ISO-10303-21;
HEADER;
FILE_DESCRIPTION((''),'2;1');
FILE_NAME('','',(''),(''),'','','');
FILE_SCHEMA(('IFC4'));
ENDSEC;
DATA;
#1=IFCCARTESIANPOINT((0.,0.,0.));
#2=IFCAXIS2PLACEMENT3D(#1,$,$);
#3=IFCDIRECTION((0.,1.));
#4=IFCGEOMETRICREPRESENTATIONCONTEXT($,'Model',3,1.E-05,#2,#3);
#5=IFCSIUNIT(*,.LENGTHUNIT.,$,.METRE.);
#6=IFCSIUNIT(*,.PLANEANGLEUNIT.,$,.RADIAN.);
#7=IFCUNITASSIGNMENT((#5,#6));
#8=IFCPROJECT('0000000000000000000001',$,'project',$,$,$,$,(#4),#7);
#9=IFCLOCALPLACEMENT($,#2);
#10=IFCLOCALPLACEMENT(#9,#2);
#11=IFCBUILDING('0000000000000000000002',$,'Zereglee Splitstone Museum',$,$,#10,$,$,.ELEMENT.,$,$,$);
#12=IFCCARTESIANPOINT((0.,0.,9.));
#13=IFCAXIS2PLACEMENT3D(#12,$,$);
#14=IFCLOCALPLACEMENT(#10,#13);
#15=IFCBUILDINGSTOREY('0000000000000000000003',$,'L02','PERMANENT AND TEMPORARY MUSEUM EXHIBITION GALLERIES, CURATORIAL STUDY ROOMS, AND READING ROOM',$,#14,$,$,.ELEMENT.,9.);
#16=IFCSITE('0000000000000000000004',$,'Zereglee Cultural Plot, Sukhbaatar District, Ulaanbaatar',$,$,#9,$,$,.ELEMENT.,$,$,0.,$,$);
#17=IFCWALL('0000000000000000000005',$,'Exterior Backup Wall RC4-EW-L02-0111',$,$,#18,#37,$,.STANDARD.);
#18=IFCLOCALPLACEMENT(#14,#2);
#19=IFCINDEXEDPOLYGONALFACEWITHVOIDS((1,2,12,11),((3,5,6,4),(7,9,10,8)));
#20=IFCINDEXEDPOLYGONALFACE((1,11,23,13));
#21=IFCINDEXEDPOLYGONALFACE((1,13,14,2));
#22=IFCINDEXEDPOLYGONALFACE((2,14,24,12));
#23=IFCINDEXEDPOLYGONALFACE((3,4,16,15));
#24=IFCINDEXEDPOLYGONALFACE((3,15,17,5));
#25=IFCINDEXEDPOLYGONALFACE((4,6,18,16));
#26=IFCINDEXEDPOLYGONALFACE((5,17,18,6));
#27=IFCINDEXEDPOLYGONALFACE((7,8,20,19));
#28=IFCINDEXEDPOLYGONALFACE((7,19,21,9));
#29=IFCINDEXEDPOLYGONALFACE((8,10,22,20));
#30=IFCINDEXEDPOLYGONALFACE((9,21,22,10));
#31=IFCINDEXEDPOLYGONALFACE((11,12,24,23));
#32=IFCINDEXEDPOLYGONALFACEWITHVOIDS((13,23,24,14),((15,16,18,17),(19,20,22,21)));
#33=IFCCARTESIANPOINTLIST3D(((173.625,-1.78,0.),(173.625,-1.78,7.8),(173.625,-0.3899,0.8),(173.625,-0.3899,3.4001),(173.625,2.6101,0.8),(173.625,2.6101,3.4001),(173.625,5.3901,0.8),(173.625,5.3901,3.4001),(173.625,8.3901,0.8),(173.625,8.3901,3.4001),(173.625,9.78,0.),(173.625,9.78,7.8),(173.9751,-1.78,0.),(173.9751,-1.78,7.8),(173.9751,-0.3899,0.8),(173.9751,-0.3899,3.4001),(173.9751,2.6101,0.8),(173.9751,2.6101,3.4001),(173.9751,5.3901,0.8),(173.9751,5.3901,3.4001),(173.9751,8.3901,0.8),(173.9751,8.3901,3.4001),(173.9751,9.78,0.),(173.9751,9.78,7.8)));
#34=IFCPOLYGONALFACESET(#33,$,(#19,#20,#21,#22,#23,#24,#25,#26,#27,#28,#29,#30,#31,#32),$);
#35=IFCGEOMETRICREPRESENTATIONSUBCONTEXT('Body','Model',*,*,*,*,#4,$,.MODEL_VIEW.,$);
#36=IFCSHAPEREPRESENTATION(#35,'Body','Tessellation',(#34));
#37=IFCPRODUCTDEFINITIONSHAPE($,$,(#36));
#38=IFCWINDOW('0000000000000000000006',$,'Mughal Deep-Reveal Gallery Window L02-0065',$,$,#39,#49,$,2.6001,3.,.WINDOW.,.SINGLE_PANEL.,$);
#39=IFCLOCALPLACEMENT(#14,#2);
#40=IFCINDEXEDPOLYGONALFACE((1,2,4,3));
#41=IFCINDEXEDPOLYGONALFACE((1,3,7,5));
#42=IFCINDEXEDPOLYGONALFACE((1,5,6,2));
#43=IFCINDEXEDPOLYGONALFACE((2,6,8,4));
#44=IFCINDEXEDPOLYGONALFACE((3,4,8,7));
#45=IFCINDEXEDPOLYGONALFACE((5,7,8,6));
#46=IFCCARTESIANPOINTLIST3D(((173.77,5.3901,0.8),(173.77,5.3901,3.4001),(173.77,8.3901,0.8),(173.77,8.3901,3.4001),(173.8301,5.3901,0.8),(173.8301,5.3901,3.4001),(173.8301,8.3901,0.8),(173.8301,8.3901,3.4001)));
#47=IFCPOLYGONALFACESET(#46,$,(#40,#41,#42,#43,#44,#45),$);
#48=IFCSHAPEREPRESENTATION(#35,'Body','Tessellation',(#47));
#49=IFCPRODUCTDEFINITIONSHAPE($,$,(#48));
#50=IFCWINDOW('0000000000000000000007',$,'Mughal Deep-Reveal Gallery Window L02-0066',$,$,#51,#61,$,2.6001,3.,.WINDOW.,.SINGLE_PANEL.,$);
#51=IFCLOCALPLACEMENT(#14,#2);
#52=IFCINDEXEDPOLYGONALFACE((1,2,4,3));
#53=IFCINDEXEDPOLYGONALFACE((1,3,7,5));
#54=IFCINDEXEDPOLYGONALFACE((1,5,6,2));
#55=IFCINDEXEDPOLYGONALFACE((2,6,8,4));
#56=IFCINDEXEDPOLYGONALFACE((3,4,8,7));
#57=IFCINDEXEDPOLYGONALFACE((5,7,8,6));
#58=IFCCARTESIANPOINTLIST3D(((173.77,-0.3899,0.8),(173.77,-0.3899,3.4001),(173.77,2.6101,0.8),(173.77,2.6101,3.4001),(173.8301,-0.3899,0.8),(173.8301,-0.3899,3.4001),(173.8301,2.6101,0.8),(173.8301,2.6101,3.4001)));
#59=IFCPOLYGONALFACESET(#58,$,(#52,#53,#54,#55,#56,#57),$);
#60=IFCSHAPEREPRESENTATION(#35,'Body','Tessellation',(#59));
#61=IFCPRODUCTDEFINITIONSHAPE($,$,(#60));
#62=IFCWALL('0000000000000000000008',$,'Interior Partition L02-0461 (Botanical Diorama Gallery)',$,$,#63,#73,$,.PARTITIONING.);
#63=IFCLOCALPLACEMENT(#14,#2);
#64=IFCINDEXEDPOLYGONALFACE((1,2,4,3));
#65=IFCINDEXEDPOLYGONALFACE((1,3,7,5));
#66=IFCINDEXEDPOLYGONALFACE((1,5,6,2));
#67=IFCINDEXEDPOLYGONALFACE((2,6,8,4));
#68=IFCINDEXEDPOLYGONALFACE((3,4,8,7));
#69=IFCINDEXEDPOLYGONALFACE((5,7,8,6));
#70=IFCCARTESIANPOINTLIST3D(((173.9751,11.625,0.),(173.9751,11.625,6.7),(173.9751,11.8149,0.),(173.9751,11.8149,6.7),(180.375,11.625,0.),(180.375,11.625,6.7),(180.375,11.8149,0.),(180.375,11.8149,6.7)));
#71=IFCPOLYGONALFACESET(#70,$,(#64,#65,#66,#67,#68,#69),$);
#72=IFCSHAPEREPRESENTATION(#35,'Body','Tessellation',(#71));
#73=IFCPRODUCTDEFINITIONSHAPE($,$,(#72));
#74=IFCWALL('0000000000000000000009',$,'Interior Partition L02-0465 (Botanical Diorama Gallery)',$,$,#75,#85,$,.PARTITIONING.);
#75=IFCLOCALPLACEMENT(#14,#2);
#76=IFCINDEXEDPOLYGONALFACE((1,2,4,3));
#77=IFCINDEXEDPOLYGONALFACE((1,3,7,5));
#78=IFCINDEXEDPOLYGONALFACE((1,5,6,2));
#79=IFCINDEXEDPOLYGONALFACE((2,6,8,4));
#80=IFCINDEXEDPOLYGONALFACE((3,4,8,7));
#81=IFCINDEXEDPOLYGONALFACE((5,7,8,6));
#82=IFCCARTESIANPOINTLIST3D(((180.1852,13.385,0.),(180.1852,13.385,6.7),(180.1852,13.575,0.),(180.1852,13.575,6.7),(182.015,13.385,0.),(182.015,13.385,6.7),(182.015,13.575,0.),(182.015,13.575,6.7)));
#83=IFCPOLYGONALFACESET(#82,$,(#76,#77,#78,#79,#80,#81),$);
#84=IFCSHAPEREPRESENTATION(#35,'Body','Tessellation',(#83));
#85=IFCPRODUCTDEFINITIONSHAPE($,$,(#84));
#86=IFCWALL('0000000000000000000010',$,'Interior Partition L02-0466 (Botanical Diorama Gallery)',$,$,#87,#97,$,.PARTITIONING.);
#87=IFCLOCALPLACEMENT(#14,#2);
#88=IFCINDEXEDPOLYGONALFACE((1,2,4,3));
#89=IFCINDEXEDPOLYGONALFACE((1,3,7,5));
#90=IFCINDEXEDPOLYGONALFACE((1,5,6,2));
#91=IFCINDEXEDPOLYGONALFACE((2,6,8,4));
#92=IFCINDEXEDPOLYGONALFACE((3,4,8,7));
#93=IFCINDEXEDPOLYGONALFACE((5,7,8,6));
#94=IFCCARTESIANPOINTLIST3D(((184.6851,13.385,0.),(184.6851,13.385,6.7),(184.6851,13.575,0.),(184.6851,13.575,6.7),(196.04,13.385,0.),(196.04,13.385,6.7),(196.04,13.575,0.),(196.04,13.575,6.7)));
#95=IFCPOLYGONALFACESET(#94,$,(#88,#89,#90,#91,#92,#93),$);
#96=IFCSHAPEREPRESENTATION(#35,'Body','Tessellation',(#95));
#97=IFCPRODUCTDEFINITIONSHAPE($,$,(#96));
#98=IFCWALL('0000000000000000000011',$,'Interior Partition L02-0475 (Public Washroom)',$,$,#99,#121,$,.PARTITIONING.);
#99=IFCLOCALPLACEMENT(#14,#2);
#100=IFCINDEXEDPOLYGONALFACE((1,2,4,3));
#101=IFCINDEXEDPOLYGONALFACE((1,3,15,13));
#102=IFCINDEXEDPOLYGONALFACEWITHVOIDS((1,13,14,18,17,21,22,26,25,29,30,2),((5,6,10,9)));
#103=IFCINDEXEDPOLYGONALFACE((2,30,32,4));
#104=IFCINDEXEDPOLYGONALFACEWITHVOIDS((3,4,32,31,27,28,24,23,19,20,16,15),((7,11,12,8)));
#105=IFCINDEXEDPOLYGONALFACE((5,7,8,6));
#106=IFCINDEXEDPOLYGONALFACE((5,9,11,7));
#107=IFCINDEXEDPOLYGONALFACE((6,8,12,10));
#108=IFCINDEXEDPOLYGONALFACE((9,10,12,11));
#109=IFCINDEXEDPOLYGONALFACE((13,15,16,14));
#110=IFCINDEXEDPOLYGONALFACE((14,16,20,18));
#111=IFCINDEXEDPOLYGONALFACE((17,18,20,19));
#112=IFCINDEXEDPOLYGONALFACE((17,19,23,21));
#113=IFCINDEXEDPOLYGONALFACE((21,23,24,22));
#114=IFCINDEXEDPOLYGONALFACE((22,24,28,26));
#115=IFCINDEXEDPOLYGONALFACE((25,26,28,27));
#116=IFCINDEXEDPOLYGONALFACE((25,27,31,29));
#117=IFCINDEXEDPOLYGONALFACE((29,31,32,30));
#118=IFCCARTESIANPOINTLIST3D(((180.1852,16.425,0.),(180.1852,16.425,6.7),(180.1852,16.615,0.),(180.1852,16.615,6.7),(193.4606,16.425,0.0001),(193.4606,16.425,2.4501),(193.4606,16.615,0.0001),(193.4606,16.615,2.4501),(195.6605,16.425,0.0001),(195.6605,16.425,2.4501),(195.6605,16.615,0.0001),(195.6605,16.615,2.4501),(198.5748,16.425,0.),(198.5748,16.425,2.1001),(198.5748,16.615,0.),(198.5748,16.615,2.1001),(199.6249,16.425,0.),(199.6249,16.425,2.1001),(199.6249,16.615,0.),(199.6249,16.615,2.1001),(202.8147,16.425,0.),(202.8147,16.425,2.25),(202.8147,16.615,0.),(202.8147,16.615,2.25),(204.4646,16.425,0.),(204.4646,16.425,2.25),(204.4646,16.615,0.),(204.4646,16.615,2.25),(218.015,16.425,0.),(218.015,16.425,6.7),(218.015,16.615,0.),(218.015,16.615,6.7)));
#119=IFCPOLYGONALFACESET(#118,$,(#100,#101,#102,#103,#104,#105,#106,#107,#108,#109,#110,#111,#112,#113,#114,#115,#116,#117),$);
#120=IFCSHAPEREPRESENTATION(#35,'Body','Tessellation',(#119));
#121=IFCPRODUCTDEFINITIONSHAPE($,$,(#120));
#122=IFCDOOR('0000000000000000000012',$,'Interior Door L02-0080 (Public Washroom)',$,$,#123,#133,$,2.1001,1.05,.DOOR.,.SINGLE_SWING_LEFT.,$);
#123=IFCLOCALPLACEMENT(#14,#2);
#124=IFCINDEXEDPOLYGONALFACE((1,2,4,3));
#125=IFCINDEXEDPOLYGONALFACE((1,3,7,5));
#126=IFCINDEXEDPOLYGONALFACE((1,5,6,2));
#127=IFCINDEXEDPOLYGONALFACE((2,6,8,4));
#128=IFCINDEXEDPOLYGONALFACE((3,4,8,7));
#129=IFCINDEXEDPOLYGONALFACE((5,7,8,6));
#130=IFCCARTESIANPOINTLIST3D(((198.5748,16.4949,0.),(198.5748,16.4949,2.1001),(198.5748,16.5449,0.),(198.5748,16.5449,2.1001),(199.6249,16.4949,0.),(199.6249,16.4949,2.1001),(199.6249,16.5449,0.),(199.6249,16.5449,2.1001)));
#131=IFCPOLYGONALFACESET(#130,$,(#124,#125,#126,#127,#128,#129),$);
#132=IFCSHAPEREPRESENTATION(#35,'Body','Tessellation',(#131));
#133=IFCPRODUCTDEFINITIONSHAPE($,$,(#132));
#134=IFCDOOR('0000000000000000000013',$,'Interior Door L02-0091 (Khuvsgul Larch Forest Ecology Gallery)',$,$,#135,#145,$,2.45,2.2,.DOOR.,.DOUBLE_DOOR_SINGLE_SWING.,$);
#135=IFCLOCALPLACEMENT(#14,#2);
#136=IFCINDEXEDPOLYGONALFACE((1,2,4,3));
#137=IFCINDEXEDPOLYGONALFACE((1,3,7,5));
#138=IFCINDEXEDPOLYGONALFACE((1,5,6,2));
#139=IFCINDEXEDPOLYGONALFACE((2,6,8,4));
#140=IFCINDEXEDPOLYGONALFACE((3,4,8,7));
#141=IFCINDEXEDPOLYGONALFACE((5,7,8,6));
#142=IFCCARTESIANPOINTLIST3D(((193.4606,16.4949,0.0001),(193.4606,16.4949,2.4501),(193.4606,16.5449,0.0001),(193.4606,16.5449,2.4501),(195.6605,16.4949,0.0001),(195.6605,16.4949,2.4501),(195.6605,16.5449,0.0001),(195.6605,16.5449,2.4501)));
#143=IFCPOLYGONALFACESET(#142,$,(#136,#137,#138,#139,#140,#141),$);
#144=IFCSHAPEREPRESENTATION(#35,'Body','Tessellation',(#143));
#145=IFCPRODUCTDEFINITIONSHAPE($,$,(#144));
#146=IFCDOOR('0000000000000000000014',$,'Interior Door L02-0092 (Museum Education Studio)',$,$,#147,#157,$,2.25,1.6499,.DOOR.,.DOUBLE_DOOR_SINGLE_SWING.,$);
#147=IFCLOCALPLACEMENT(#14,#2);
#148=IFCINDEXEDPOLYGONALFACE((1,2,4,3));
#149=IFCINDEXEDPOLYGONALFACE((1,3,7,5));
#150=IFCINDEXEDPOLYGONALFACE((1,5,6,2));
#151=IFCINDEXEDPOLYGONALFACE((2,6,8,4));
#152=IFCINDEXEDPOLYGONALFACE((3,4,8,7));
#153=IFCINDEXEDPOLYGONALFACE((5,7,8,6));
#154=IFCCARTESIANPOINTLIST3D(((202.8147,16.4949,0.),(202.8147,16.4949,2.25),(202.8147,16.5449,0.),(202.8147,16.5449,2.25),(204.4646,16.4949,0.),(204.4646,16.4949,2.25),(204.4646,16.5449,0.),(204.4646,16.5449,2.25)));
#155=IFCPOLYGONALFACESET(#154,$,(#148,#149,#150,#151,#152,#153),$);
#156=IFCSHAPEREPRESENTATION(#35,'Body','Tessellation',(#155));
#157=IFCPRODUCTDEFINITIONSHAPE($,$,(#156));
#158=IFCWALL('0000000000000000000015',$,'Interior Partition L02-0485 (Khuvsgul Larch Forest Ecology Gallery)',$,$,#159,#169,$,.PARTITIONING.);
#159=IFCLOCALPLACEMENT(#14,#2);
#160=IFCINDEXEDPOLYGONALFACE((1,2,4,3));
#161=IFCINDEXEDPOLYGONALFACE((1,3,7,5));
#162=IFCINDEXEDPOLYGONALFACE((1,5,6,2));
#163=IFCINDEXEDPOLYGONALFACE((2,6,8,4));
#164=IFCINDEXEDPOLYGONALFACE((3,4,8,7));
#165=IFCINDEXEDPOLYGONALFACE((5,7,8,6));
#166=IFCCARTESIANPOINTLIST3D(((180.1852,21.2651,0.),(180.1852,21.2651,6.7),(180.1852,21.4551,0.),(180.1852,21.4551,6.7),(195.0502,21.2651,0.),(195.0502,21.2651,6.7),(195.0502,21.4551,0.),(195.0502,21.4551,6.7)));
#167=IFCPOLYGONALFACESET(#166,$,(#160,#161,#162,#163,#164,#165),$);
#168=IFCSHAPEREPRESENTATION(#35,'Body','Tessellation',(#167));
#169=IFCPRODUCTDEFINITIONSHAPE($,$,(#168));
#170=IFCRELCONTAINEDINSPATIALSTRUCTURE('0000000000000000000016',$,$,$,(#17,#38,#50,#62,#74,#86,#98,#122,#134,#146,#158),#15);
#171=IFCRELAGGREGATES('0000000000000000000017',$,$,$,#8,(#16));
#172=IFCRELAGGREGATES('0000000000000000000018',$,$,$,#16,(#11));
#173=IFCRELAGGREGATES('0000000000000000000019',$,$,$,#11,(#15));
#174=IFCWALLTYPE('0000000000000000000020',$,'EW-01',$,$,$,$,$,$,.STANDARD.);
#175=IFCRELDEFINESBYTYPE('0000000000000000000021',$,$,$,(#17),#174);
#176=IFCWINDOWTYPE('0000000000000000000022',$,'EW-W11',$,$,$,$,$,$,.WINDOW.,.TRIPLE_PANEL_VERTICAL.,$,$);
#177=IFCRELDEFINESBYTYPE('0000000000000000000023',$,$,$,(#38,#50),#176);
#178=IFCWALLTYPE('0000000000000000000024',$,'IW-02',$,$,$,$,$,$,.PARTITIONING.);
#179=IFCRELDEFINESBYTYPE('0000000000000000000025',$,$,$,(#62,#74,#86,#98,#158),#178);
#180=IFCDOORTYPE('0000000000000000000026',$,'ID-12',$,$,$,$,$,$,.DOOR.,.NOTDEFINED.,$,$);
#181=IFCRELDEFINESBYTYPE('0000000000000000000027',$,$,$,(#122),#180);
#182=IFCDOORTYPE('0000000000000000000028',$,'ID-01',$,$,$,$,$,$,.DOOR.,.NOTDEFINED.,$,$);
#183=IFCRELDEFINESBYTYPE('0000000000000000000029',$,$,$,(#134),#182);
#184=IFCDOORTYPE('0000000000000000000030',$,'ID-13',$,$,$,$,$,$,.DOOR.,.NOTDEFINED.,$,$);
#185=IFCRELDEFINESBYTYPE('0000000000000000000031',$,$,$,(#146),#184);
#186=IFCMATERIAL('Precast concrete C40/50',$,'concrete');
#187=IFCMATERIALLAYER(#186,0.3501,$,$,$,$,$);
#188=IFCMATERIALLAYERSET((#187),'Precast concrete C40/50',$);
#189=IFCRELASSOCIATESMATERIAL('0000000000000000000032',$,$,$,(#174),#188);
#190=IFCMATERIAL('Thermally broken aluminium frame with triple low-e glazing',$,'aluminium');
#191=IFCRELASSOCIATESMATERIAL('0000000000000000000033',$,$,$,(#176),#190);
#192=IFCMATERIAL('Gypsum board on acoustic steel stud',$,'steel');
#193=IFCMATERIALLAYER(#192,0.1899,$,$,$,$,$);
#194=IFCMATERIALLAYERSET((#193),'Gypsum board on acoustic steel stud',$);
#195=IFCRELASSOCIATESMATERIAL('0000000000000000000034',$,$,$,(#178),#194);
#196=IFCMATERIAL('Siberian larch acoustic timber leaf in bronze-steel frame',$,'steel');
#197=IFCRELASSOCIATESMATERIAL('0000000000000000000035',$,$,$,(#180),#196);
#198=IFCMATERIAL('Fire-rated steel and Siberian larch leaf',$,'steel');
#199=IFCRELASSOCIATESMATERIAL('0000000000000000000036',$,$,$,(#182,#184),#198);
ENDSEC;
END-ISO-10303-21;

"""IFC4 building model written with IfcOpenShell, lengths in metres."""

from ifc_helpers import new_model, si_unit, direction, frame, frame_2d, origin, place, context, subcontext, project, spatial, rectangle, extrude, material, layer, layer_set, type_object, element, fill, save


model = new_model("IFC4")

# Units and contexts
model_context = context("Model", 3, precision=1e-05, world=origin(), true_north=direction((0.0, 1.0)))
body_context = subcontext(model_context, "Body", "Model", "MODEL_VIEW")
ifc_project = project(units=[si_unit("LENGTHUNIT", "METRE"), si_unit("PLANEANGLEUNIT", "RADIAN")], contexts=[model_context])

# Site, building, storey
site_placement = place(None, origin())
site = spatial("IfcSite", under=ifc_project, at=site_placement, Name="Zereglee Cultural Plot, Sukhbaatar District, Ulaanbaatar", CompositionType="ELEMENT", RefElevation=0.0)
building_placement = place(site_placement, origin())
building = spatial("IfcBuilding", under=site, at=building_placement, Name="Zereglee Splitstone Museum", CompositionType="ELEMENT")
storey_placement = place(building_placement, frame((0.0, 0.0, 9.0)))
storey = spatial("IfcBuildingStorey", under=building, at=storey_placement, Name="L02", Description="PERMANENT AND TEMPORARY MUSEUM EXHIBITION GALLERIES, CURATORIAL STUDY ROOMS, AND READING ROOM", CompositionType="ELEMENT", Elevation=9.0)

# Wall, openings, windows
ifc_material_1 = material(Name="Precast concrete C40/50", Category="concrete")
ifc_layer_1 = layer(ifc_material_1, 0.3501)
ifc_layer_set_1 = layer_set([ifc_layer_1], Name="Precast concrete C40/50")
wall_type_1 = type_object("IfcWallType", Name="EW-01", PredefinedType="STANDARD", material=ifc_layer_set_1)
wall_1_placement = place(storey_placement, frame((173.8, 9.78, 0.0), z_axis=(0.0, 0.0, 1.0), x_axis=(0.0, -1.0, 0.0)))
wall_1 = element("IfcWall", 1, at=wall_1_placement, inside=storey, type_object=wall_type_1, Name="Exterior Backup Wall RC4-EW-L02-0111", PredefinedType="STANDARD", context=body_context, shape_type="SweptSolid", body=[
    extrude(rectangle(XDim=11.5601, YDim=0.3501, at=frame_2d((5.78, 0.0))), origin(), (0.0, 0.0, 1.0), 7.8),
])
opening_1_placement = place(wall_1_placement, frame((1.3899, 0.0, 0.8)))
opening_1 = element("IfcOpeningElement", 2, at=opening_1_placement, cuts=wall_1, PredefinedType="OPENING", context=body_context, shape_type="SweptSolid", body=[
    extrude(rectangle(XDim=3.0, YDim=2.6001, at=frame_2d((1.5, 1.3))), frame((0.0, 0.1899, 0.0), z_axis=(0.0, -1.0, 0.0), x_axis=(1.0, 0.0, 0.0)), (0.0, 0.0, 1.0), 0.3799),
])
opening_2_placement = place(wall_1_placement, frame((7.1699, 0.0, 0.8)))
opening_2 = element("IfcOpeningElement", 3, at=opening_2_placement, cuts=wall_1, PredefinedType="OPENING", context=body_context, shape_type="SweptSolid", body=[
    extrude(rectangle(XDim=3.0, YDim=2.6001, at=frame_2d((1.5, 1.3))), frame((0.0, 0.1899, 0.0), z_axis=(0.0, -1.0, 0.0), x_axis=(1.0, 0.0, 0.0)), (0.0, 0.0, 1.0), 0.3799),
])
ifc_material_2 = material(Name="Thermally broken aluminium frame with triple low-e glazing", Category="aluminium")
window_type = type_object("IfcWindowType", Name="EW-W11", PartitioningType="TRIPLE_PANEL_VERTICAL", PredefinedType="WINDOW", material=ifc_material_2)
window_1_placement = place(opening_1_placement, origin())
window_1 = element("IfcWindow", 4, at=window_1_placement, inside=storey, type_object=window_type, Name="Mughal Deep-Reveal Gallery Window L02-0065", OverallHeight=2.6001, OverallWidth=3.0, PartitioningType="SINGLE_PANEL", PredefinedType="WINDOW", context=body_context, shape_type="SweptSolid", body=[
    extrude(rectangle(XDim=3.0, YDim=2.6001, at=frame_2d((1.5, 1.3))), frame((0.0, 0.03, 0.0), z_axis=(0.0, -1.0, 0.0), x_axis=(1.0, 0.0, 0.0)), (0.0, 0.0, 1.0), 0.0601),
])
fill(opening_1, window_1)
window_2_placement = place(opening_2_placement, origin())
window_2 = element("IfcWindow", 5, at=window_2_placement, inside=storey, type_object=window_type, Name="Mughal Deep-Reveal Gallery Window L02-0066", OverallHeight=2.6001, OverallWidth=3.0, PartitioningType="SINGLE_PANEL", PredefinedType="WINDOW", context=body_context, shape_type="SweptSolid", body=[
    extrude(rectangle(XDim=3.0, YDim=2.6001, at=frame_2d((1.5, 1.3))), frame((0.0, 0.03, 0.0), z_axis=(0.0, -1.0, 0.0), x_axis=(1.0, 0.0, 0.0)), (0.0, 0.0, 1.0), 0.0601),
])
fill(opening_2, window_2)

# Walls
ifc_material_3 = material(Name="Gypsum board on acoustic steel stud", Category="steel")
ifc_layer_2 = layer(ifc_material_3, 0.1899)
ifc_layer_set_2 = layer_set([ifc_layer_2], Name="Gypsum board on acoustic steel stud")
wall_type_2 = type_object("IfcWallType", Name="IW-02", PredefinedType="PARTITIONING", material=ifc_layer_set_2)
wall_2_placement = place(storey_placement, frame((173.9751, 11.72, 0.0), z_axis=(0.0, 0.0, 1.0), x_axis=(1.0, 0.0, 0.0)))
element("IfcWall", 6, at=wall_2_placement, inside=storey, type_object=wall_type_2, Name="Interior Partition L02-0461 (Botanical Diorama Gallery)", PredefinedType="PARTITIONING", context=body_context, shape_type="SweptSolid", body=[
    extrude(rectangle(XDim=6.3999, YDim=0.1899, at=frame_2d((3.2, 0.0))), origin(), (0.0, 0.0, 1.0), 6.7),
])
wall_3_placement = place(storey_placement, frame((180.1851, 13.48, 0.0), z_axis=(0.0, 0.0, 1.0), x_axis=(1.0, 0.0, 0.0)))
element("IfcWall", 7, at=wall_3_placement, inside=storey, type_object=wall_type_2, Name="Interior Partition L02-0465 (Botanical Diorama Gallery)", PredefinedType="PARTITIONING", context=body_context, shape_type="SweptSolid", body=[
    extrude(rectangle(XDim=1.8298, YDim=0.1899, at=frame_2d((0.915, 0.0))), origin(), (0.0, 0.0, 1.0), 6.7),
])
wall_4_placement = place(storey_placement, frame((184.6851, 13.48, 0.0), z_axis=(0.0, 0.0, 1.0), x_axis=(1.0, 0.0, 0.0)))
element("IfcWall", 8, at=wall_4_placement, inside=storey, type_object=wall_type_2, Name="Interior Partition L02-0466 (Botanical Diorama Gallery)", PredefinedType="PARTITIONING", context=body_context, shape_type="SweptSolid", body=[
    extrude(rectangle(XDim=11.355, YDim=0.1899, at=frame_2d((5.6775, 0.0))), origin(), (0.0, 0.0, 1.0), 6.7),
])

# Wall, openings, doors
wall_5_placement = place(storey_placement, frame((180.1851, 16.52, 0.0), z_axis=(0.0, 0.0, 1.0), x_axis=(1.0, 0.0, 0.0)))
wall_5 = element("IfcWall", 9, at=wall_5_placement, inside=storey, type_object=wall_type_2, Name="Interior Partition L02-0475 (Public Washroom)", PredefinedType="PARTITIONING", context=body_context, shape_type="SweptSolid", body=[
    extrude(rectangle(XDim=37.8298, YDim=0.1899, at=frame_2d((18.915, 0.0))), origin(), (0.0, 0.0, 1.0), 6.7),
])
opening_3_placement = place(wall_5_placement, frame((18.3899, 0.0, 0.0)))
opening_3 = element("IfcOpeningElement", 10, at=opening_3_placement, cuts=wall_5, PredefinedType="OPENING", context=body_context, shape_type="SweptSolid", body=[
    extrude(rectangle(XDim=1.05, YDim=2.1001, at=frame_2d((0.5249, 1.05))), frame((0.0, 0.1099, 0.0), z_axis=(0.0, -1.0, 0.0), x_axis=(1.0, 0.0, 0.0)), (0.0, 0.0, 1.0), 0.2197),
])
opening_4_placement = place(wall_5_placement, frame((13.2754, 0.0, 0.0)))
opening_4 = element("IfcOpeningElement", 11, at=opening_4_placement, cuts=wall_5, PredefinedType="OPENING", context=body_context, shape_type="SweptSolid", body=[
    extrude(rectangle(XDim=2.2, YDim=2.45, at=frame_2d((1.1001, 1.2251))), frame((0.0, 0.1099, 0.0), z_axis=(0.0, -1.0, 0.0), x_axis=(1.0, 0.0, 0.0)), (0.0, 0.0, 1.0), 0.2197),
])
opening_5_placement = place(wall_5_placement, frame((22.6296, 0.0, 0.0)))
opening_5 = element("IfcOpeningElement", 12, at=opening_5_placement, cuts=wall_5, PredefinedType="OPENING", context=body_context, shape_type="SweptSolid", body=[
    extrude(rectangle(XDim=1.6499, YDim=2.25, at=frame_2d((0.825, 1.125))), frame((0.0, 0.1099, 0.0), z_axis=(0.0, -1.0, 0.0), x_axis=(1.0, 0.0, 0.0)), (0.0, 0.0, 1.0), 0.2197),
])
ifc_material_4 = material(Name="Siberian larch acoustic timber leaf in bronze-steel frame", Category="steel")
door_type_1 = type_object("IfcDoorType", Name="ID-12", OperationType="NOTDEFINED", PredefinedType="DOOR", material=ifc_material_4)
door_1_placement = place(opening_3_placement, origin())
door_1 = element("IfcDoor", 13, at=door_1_placement, inside=storey, type_object=door_type_1, Name="Interior Door L02-0080 (Public Washroom)", OperationType="SINGLE_SWING_LEFT", OverallHeight=2.1001, OverallWidth=1.05, PredefinedType="DOOR", context=body_context, shape_type="SweptSolid", body=[
    extrude(rectangle(XDim=1.05, YDim=2.1001, at=frame_2d((0.5249, 1.05))), frame((0.0, 0.0249, 0.0), z_axis=(0.0, -1.0, 0.0), x_axis=(1.0, 0.0, 0.0)), (0.0, 0.0, 1.0), 0.05),
])
fill(opening_3, door_1)
ifc_material_5 = material(Name="Fire-rated steel and Siberian larch leaf", Category="steel")
door_type_2 = type_object("IfcDoorType", Name="ID-01", OperationType="NOTDEFINED", PredefinedType="DOOR", material=ifc_material_5)
door_2_placement = place(opening_4_placement, origin())
door_2 = element("IfcDoor", 14, at=door_2_placement, inside=storey, type_object=door_type_2, Name="Interior Door L02-0091 (Khuvsgul Larch Forest Ecology Gallery)", OperationType="DOUBLE_DOOR_SINGLE_SWING", OverallHeight=2.45, OverallWidth=2.2, PredefinedType="DOOR", context=body_context, shape_type="SweptSolid", body=[
    extrude(rectangle(XDim=2.2, YDim=2.45, at=frame_2d((1.1001, 1.2251))), frame((0.0, 0.0249, 0.0), z_axis=(0.0, -1.0, 0.0), x_axis=(1.0, 0.0, 0.0)), (0.0, 0.0, 1.0), 0.05),
])
fill(opening_4, door_2)
door_type_3 = type_object("IfcDoorType", Name="ID-13", OperationType="NOTDEFINED", PredefinedType="DOOR", material=ifc_material_5)
door_3_placement = place(opening_5_placement, origin())
door_3 = element("IfcDoor", 15, at=door_3_placement, inside=storey, type_object=door_type_3, Name="Interior Door L02-0092 (Museum Education Studio)", OperationType="DOUBLE_DOOR_SINGLE_SWING", OverallHeight=2.25, OverallWidth=1.6499, PredefinedType="DOOR", context=body_context, shape_type="SweptSolid", body=[
    extrude(rectangle(XDim=1.6499, YDim=2.25, at=frame_2d((0.825, 1.125))), frame((0.0, 0.0249, 0.0), z_axis=(0.0, -1.0, 0.0), x_axis=(1.0, 0.0, 0.0)), (0.0, 0.0, 1.0), 0.05),
])
fill(opening_5, door_3)

# Wall
wall_6_placement = place(storey_placement, frame((180.1851, 21.3601, 0.0), z_axis=(0.0, 0.0, 1.0), x_axis=(1.0, 0.0, 0.0)))
element("IfcWall", 16, at=wall_6_placement, inside=storey, type_object=wall_type_2, Name="Interior Partition L02-0485 (Khuvsgul Larch Forest Ecology Gallery)", PredefinedType="PARTITIONING", context=body_context, shape_type="SweptSolid", body=[
    extrude(rectangle(XDim=14.865, YDim=0.1899, at=frame_2d((7.4326, 0.0))), origin(), (0.0, 0.0, 1.0), 6.7),
])

save(model, "model.ifc")
